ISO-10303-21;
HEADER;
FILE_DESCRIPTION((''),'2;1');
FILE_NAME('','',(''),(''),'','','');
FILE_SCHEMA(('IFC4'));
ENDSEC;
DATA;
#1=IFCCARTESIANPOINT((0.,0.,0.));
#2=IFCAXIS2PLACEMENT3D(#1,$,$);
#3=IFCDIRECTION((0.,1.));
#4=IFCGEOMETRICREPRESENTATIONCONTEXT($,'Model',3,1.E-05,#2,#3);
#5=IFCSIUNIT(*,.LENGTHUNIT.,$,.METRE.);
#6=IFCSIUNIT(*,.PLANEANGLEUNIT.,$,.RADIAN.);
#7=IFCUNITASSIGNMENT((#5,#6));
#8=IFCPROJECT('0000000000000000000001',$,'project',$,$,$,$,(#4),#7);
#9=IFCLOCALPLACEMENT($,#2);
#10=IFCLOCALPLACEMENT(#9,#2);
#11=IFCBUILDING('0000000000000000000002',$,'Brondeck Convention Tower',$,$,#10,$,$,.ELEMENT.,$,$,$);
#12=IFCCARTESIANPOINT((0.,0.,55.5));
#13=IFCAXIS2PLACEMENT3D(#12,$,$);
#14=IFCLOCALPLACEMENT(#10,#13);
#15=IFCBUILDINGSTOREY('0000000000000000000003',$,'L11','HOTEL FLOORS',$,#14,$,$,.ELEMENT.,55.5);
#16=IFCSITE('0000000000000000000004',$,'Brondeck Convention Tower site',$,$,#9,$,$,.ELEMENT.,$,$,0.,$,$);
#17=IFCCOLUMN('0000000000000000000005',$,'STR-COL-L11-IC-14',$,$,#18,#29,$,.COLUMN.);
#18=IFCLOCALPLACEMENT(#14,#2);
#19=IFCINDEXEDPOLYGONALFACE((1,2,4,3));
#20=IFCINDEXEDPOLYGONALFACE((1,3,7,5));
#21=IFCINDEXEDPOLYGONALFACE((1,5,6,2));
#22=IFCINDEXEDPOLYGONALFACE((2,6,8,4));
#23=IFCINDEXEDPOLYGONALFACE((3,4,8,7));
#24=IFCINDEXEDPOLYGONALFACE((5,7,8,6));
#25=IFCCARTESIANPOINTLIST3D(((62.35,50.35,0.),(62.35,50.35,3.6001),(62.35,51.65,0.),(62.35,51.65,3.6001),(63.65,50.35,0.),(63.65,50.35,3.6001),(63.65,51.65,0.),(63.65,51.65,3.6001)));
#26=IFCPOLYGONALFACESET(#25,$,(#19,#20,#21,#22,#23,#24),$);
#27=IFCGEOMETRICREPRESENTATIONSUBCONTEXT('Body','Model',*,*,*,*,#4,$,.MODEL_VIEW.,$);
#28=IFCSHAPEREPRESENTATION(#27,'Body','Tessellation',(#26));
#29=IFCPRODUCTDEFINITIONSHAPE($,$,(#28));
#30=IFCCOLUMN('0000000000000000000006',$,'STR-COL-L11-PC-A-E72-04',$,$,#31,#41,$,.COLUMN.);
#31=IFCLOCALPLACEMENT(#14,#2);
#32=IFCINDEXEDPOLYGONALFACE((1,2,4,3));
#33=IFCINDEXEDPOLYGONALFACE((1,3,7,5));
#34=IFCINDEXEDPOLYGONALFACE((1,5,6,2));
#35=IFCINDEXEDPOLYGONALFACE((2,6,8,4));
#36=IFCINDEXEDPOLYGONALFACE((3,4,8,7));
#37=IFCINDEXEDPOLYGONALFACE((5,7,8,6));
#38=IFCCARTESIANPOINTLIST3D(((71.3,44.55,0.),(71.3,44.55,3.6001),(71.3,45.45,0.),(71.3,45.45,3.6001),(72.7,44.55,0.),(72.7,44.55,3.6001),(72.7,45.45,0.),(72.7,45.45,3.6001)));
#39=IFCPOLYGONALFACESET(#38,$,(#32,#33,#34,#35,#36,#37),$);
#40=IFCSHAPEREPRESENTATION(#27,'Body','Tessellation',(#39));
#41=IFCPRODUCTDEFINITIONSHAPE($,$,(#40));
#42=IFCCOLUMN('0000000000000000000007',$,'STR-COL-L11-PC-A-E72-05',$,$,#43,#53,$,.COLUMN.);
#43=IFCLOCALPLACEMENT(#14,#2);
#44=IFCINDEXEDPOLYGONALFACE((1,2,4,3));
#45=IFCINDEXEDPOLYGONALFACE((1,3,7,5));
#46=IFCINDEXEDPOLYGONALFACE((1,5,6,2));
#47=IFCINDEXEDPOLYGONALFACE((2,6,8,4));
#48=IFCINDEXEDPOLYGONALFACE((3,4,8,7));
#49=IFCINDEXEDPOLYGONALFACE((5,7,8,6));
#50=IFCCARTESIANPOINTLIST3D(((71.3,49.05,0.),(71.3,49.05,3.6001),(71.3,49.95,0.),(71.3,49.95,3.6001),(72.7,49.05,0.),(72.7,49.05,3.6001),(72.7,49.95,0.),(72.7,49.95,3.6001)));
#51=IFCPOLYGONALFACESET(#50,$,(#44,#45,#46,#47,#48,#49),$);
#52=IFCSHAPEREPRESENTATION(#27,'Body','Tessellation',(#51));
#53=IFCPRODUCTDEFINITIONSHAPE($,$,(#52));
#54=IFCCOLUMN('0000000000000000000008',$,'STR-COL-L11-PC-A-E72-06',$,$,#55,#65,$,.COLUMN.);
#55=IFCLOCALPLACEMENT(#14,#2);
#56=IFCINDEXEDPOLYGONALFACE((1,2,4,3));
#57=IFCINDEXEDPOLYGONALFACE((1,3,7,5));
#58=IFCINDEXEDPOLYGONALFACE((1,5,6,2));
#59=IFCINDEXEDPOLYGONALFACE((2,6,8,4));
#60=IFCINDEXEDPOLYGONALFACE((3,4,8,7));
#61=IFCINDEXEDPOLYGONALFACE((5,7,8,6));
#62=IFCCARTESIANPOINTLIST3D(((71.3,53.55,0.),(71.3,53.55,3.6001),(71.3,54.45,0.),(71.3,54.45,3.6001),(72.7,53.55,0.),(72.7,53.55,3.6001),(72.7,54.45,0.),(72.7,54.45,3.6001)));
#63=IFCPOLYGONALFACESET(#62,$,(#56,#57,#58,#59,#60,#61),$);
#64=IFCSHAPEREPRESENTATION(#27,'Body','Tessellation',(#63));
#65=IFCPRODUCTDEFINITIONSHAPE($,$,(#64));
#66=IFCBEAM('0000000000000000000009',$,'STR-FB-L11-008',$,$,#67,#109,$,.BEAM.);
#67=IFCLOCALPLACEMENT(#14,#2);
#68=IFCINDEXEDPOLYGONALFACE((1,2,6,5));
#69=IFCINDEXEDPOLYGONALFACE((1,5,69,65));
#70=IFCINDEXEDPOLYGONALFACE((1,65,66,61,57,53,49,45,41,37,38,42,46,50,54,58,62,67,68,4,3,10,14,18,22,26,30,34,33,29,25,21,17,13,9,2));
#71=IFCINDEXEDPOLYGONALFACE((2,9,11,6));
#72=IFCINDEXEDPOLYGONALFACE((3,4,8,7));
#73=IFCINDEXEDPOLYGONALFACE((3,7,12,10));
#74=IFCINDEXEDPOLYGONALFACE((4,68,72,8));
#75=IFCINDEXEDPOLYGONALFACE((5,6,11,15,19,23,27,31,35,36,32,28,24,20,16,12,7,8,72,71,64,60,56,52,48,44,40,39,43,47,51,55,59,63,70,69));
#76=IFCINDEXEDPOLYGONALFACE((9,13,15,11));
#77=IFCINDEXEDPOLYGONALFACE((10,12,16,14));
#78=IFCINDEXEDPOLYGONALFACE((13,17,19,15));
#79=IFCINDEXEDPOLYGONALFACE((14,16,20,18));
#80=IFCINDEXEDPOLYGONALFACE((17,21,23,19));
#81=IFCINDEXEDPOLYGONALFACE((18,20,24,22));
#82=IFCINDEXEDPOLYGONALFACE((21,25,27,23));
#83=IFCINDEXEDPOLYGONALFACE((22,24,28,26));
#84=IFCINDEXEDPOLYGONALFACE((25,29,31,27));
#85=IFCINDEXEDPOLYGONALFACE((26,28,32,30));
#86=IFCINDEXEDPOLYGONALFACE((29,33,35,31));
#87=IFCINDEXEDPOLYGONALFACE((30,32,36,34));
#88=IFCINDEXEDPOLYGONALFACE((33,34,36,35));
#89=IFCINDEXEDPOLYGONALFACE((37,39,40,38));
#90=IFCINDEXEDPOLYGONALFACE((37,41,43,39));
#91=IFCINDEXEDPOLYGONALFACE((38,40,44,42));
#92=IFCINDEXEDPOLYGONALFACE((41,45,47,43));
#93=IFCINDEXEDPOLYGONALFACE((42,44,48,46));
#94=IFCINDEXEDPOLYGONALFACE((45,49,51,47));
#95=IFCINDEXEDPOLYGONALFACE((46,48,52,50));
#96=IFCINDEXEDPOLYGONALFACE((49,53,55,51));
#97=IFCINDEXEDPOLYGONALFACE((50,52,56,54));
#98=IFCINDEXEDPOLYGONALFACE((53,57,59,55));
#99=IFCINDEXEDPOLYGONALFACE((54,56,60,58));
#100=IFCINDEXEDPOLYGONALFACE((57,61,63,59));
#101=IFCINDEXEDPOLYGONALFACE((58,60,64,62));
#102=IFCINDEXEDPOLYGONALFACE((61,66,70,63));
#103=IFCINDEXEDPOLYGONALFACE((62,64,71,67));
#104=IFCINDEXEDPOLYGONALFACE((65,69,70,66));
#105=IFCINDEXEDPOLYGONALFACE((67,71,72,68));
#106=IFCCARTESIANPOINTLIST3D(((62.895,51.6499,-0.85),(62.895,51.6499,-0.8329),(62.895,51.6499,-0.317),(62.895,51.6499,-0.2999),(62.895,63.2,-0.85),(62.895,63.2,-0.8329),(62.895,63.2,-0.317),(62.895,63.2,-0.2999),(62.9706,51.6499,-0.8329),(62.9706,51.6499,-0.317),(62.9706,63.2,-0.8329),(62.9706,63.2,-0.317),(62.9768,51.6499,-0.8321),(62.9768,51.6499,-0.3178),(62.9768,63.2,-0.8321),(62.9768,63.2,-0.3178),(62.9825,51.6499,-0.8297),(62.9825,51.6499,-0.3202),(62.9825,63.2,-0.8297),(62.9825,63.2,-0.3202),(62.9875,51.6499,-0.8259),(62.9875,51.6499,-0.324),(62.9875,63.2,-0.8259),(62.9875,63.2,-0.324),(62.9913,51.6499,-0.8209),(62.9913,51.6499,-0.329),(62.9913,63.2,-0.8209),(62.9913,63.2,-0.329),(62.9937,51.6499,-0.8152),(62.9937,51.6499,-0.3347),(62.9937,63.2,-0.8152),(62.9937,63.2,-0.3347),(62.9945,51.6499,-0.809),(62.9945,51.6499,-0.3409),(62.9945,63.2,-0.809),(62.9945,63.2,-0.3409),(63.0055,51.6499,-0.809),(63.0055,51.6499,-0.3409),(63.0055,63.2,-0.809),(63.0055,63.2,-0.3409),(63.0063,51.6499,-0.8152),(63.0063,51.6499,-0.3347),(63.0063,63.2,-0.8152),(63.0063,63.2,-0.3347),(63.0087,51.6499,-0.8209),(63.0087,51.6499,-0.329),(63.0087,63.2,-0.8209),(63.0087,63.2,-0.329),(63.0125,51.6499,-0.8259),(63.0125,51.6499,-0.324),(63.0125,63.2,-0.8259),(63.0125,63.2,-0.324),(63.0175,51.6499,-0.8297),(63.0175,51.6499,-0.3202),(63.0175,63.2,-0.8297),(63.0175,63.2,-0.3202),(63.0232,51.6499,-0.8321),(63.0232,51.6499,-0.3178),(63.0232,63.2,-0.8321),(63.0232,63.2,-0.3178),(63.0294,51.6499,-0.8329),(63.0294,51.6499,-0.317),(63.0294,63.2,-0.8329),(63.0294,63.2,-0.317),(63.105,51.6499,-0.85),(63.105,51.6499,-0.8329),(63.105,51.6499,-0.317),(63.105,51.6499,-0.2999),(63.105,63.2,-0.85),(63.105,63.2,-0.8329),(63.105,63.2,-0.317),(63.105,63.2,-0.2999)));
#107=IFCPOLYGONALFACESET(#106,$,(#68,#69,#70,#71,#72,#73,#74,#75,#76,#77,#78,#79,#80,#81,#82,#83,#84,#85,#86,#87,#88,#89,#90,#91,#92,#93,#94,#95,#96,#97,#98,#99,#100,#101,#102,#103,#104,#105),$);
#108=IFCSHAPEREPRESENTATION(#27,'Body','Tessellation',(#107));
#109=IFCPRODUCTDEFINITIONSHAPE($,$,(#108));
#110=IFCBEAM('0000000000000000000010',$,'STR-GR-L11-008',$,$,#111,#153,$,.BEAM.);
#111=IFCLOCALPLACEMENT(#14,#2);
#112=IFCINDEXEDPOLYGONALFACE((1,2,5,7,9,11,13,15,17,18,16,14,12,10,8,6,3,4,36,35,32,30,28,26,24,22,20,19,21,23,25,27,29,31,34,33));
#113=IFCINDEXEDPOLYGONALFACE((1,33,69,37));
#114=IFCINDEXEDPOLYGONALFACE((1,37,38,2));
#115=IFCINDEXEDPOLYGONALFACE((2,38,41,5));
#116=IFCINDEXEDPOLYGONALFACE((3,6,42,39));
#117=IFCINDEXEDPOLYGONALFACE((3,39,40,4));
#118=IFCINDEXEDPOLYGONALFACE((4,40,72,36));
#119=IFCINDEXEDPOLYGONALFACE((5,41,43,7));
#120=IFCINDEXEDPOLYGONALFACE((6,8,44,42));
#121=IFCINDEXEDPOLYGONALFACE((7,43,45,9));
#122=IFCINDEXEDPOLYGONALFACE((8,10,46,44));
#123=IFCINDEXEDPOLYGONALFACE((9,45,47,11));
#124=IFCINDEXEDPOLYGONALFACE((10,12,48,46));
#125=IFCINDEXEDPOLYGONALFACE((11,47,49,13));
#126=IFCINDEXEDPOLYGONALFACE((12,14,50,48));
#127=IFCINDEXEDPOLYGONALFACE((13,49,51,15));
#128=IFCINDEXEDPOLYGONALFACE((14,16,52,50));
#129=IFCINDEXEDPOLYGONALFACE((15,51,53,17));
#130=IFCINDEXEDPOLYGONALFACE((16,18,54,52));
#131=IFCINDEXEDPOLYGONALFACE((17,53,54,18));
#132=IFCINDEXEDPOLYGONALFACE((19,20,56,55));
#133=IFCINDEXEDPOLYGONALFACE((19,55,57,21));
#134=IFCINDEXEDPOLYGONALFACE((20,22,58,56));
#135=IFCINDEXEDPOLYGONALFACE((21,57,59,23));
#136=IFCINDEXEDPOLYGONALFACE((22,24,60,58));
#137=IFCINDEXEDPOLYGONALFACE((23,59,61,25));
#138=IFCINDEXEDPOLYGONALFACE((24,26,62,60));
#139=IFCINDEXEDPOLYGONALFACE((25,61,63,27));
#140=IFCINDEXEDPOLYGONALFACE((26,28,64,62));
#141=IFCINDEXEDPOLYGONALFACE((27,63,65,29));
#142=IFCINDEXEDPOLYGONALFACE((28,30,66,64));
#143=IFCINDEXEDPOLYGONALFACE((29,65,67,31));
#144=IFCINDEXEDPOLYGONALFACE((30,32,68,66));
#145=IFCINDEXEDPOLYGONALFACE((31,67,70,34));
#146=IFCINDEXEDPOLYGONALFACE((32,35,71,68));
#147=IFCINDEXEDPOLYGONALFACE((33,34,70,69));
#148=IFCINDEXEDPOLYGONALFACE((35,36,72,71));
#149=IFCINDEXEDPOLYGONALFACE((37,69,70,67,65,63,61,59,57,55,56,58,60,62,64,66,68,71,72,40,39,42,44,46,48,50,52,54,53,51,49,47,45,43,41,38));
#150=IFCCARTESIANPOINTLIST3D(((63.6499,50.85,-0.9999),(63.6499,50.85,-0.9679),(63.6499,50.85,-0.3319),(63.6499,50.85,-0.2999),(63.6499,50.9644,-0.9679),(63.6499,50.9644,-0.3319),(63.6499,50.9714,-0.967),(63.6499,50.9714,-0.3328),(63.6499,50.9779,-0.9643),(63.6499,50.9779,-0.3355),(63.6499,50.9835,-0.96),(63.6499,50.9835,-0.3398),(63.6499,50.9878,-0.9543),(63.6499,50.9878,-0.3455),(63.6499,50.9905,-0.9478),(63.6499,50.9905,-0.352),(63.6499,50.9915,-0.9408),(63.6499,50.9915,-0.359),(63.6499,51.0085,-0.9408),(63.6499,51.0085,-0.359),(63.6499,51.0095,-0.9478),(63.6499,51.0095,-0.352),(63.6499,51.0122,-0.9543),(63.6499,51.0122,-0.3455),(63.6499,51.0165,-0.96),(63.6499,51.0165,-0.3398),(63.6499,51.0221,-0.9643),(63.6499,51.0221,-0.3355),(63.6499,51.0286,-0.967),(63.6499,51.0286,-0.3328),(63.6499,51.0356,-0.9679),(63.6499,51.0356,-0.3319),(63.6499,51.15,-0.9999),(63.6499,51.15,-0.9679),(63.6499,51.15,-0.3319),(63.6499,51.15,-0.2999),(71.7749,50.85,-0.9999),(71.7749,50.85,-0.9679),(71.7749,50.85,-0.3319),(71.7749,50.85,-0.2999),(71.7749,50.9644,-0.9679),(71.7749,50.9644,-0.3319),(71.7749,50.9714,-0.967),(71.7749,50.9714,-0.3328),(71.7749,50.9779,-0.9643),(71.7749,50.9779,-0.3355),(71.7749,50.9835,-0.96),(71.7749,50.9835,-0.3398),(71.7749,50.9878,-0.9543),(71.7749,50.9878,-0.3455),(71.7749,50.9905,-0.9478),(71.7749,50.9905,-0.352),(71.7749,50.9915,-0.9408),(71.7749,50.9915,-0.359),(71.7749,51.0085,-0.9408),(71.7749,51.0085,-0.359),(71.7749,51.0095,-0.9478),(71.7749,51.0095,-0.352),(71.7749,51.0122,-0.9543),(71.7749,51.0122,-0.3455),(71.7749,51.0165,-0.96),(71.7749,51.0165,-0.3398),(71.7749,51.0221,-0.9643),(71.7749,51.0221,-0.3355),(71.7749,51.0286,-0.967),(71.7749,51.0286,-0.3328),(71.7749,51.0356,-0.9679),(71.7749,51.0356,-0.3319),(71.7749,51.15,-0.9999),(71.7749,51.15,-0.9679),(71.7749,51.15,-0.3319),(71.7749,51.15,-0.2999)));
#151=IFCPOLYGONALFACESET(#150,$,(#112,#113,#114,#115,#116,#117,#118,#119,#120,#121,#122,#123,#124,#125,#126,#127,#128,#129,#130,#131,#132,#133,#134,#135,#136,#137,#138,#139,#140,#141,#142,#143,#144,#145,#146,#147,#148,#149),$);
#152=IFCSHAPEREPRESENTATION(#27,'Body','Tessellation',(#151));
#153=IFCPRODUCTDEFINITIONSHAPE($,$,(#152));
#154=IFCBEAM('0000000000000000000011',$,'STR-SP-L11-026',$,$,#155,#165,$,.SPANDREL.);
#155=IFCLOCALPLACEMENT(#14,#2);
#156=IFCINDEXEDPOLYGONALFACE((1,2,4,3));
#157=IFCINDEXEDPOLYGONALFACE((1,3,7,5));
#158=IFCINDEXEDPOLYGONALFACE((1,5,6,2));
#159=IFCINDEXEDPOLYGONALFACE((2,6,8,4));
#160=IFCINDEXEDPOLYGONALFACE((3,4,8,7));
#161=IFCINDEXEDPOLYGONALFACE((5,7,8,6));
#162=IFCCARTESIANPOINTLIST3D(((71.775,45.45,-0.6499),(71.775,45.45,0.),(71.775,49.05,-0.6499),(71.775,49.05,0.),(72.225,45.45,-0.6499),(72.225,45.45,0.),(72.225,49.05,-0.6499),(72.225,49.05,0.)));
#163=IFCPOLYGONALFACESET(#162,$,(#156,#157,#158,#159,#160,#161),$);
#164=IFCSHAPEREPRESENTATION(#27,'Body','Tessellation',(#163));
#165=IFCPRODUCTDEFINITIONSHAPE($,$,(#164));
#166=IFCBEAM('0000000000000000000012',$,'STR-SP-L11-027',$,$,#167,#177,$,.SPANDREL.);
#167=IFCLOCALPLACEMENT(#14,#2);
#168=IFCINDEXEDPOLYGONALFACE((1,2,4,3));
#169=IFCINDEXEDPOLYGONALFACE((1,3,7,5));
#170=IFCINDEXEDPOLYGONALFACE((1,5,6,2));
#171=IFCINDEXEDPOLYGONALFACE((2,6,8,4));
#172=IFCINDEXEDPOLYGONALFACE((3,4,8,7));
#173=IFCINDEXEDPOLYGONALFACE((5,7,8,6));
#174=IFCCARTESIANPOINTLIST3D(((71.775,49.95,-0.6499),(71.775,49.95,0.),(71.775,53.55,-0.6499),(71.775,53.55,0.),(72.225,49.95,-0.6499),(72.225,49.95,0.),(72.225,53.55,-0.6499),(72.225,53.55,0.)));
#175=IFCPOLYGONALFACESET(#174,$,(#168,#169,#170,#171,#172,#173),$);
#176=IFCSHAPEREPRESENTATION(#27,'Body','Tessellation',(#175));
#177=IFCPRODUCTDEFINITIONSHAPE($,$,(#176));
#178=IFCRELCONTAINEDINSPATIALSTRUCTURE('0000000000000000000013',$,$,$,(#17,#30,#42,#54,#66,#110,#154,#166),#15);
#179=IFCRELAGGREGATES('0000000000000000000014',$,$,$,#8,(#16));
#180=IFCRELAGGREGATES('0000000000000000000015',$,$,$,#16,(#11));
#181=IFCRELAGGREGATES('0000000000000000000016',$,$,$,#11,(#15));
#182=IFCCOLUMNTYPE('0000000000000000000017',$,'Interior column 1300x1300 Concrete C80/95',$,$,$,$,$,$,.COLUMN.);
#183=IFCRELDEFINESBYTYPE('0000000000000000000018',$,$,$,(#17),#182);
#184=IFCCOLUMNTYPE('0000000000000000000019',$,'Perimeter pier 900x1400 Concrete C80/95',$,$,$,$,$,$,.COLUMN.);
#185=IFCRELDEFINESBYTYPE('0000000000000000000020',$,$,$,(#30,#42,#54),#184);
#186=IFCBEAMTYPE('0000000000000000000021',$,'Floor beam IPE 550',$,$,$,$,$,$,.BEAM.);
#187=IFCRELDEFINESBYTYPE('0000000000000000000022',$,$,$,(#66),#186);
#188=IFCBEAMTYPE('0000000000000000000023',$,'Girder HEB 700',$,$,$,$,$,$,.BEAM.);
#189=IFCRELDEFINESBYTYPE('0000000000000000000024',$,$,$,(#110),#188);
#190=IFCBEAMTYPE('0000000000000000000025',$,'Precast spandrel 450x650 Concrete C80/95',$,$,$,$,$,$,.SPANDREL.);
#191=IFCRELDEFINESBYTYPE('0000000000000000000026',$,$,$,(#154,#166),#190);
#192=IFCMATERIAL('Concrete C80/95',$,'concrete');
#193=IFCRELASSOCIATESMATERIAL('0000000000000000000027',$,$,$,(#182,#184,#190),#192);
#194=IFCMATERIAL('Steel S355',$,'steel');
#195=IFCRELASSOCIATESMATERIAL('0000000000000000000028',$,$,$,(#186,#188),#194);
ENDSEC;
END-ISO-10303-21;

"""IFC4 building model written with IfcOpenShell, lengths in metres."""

from ifc_helpers import new_model, si_unit, direction, frame, origin, origin_2d, place, context, subcontext, project, spatial, rectangle, i_section, extrude, material, material_profile, profile_set, type_object, element, save


model = new_model("IFC4")

# Units and contexts
model_context = context("Model", 3, precision=1e-05, world=origin(), true_north=direction((0.0, 1.0)))
body_context = subcontext(model_context, "Body", "Model", "MODEL_VIEW")
ifc_project = project(units=[si_unit("LENGTHUNIT", "METRE"), si_unit("PLANEANGLEUNIT", "RADIAN")], contexts=[model_context])

# Site, building, storey
site_placement = place(None, origin())
site = spatial("IfcSite", under=ifc_project, at=site_placement, Name="Brondeck Convention Tower site", CompositionType="ELEMENT", RefElevation=0.0)
building_placement = place(site_placement, origin())
building = spatial("IfcBuilding", under=site, at=building_placement, Name="Brondeck Convention Tower", CompositionType="ELEMENT")
storey_placement = place(building_placement, frame((0.0, 0.0, 55.5)))
storey = spatial("IfcBuildingStorey", under=building, at=storey_placement, Name="L11", Description="HOTEL FLOORS", CompositionType="ELEMENT", Elevation=55.5)

# Columns
ifc_material_1 = material(Name="Concrete C80/95", Category="concrete")
ifc_material_profile_1 = material_profile(ifc_material_1, rectangle(XDim=1.3, YDim=1.3, at=origin_2d()), Name="Interior column 1300x1300 Concrete C80/95")
ifc_profile_set_1 = profile_set([ifc_material_profile_1], Name="Concrete C80/95")
column_type_1 = type_object("IfcColumnType", Name="Interior column 1300x1300 Concrete C80/95", PredefinedType="COLUMN", material=ifc_profile_set_1)
column_placement = place(storey_placement, frame((63.0, 51.0, 0.0), z_axis=(0.0, 0.0, 1.0), x_axis=(1.0, 0.0, 0.0)))
element("IfcColumn", 1, at=column_placement, inside=storey, type_object=column_type_1, Name="STR-COL-L11-IC-14", PredefinedType="COLUMN", context=body_context, shape_type="SweptSolid", body=[
    extrude(rectangle(XDim=1.3, YDim=1.3, at=origin_2d()), origin(), (0.0, 0.0, 1.0), 3.6001),
])
ifc_material_profile_2 = material_profile(ifc_material_1, rectangle(XDim=0.8999, YDim=1.3999, at=origin_2d()), Name="Perimeter pier 900x1400 Concrete C80/95")
ifc_profile_set_2 = profile_set([ifc_material_profile_2], Name="Concrete C80/95")
column_type_2 = type_object("IfcColumnType", Name="Perimeter pier 900x1400 Concrete C80/95", PredefinedType="COLUMN", material=ifc_profile_set_2)
for number, where, z_axis, x_axis, name in (
    (2, (72.0, 45.0, 0.0), (0.0, 0.0, 1.0), (0.0, 1.0, 0.0), "STR-COL-L11-PC-A-E72-04"),
    (3, (72.0, 49.5, 0.0), (0.0, 0.0, 1.0), (0.0, 1.0, 0.0), "STR-COL-L11-PC-A-E72-05"),
    (4, (72.0, 54.0, 0.0), (0.0, 0.0, 1.0), (0.0, 1.0, 0.0), "STR-COL-L11-PC-A-E72-06"),
):
    element("IfcColumn", number, at=place(storey_placement, frame(where, z_axis=z_axis, x_axis=x_axis)), inside=storey, type_object=column_type_2, Name=name, PredefinedType="COLUMN", context=body_context, shape_type="SweptSolid", body=[
        extrude(rectangle(XDim=0.8999, YDim=1.3999, at=origin_2d()), origin(), (0.0, 0.0, 1.0), 3.6001),
    ])

# Beams
ifc_material_2 = material(Name="Steel S355", Category="steel")
ifc_material_profile_3 = material_profile(ifc_material_2, i_section(OverallWidth=0.21, OverallDepth=0.55, WebThickness=0.011, FlangeThickness=0.0171, FilletRadius=0.0239, at=origin_2d()), Name="IPE 550")
ifc_profile_set_3 = profile_set([ifc_material_profile_3], Name="Steel S355")
beam_type_1 = type_object("IfcBeamType", Name="Floor beam IPE 550", PredefinedType="BEAM", material=ifc_profile_set_3)
beam_1_placement = place(storey_placement, frame((63.0, 51.6499, -0.575), z_axis=(0.0, 1.0, 0.0), x_axis=(-1.0, 0.0, 0.0)))
element("IfcBeam", 5, at=beam_1_placement, inside=storey, type_object=beam_type_1, Name="STR-FB-L11-008", PredefinedType="BEAM", context=body_context, shape_type="SweptSolid", body=[
    extrude(i_section(OverallWidth=0.21, OverallDepth=0.55, WebThickness=0.011, FlangeThickness=0.0171, FilletRadius=0.0239, at=origin_2d()), origin(), (0.0, 0.0, 1.0), 11.55),
])
ifc_material_profile_4 = material_profile(ifc_material_2, i_section(OverallWidth=0.3, OverallDepth=0.7, WebThickness=0.0171, FlangeThickness=0.032, FilletRadius=0.0271, at=origin_2d()), Name="HEB 700")
ifc_profile_set_4 = profile_set([ifc_material_profile_4], Name="Steel S355")
beam_type_2 = type_object("IfcBeamType", Name="Girder HEB 700", PredefinedType="BEAM", material=ifc_profile_set_4)
beam_2_placement = place(storey_placement, frame((63.6499, 51.0, -0.6499), z_axis=(1.0, 0.0, 0.0), x_axis=(0.0, 1.0, 0.0)))
element("IfcBeam", 6, at=beam_2_placement, inside=storey, type_object=beam_type_2, Name="STR-GR-L11-008", PredefinedType="BEAM", context=body_context, shape_type="SweptSolid", body=[
    extrude(i_section(OverallWidth=0.3, OverallDepth=0.7, WebThickness=0.0171, FlangeThickness=0.032, FilletRadius=0.0271, at=origin_2d()), origin(), (0.0, 0.0, 1.0), 8.125),
])
ifc_material_profile_5 = material_profile(ifc_material_1, rectangle(XDim=0.45, YDim=0.6499, at=origin_2d()), Name="Precast spandrel 450x650 Concrete C80/95")
ifc_profile_set_5 = profile_set([ifc_material_profile_5], Name="Concrete C80/95")
beam_type_3 = type_object("IfcBeamType", Name="Precast spandrel 450x650 Concrete C80/95", PredefinedType="SPANDREL", material=ifc_profile_set_5)
for number, where, z_axis, x_axis, name in (
    (7, (72.0, 45.45, -0.325), (0.0, 1.0, 0.0), (-1.0, 0.0, 0.0), "STR-SP-L11-026"),
    (8, (72.0, 49.95, -0.325), (0.0, 1.0, 0.0), (-1.0, 0.0, 0.0), "STR-SP-L11-027"),
):
    element("IfcBeam", number, at=place(storey_placement, frame(where, z_axis=z_axis, x_axis=x_axis)), inside=storey, type_object=beam_type_3, Name=name, PredefinedType="SPANDREL", context=body_context, shape_type="SweptSolid", body=[
        extrude(rectangle(XDim=0.45, YDim=0.6499, at=origin_2d()), origin(), (0.0, 0.0, 1.0), 3.6001),
    ])

save(model, "model.ifc")
